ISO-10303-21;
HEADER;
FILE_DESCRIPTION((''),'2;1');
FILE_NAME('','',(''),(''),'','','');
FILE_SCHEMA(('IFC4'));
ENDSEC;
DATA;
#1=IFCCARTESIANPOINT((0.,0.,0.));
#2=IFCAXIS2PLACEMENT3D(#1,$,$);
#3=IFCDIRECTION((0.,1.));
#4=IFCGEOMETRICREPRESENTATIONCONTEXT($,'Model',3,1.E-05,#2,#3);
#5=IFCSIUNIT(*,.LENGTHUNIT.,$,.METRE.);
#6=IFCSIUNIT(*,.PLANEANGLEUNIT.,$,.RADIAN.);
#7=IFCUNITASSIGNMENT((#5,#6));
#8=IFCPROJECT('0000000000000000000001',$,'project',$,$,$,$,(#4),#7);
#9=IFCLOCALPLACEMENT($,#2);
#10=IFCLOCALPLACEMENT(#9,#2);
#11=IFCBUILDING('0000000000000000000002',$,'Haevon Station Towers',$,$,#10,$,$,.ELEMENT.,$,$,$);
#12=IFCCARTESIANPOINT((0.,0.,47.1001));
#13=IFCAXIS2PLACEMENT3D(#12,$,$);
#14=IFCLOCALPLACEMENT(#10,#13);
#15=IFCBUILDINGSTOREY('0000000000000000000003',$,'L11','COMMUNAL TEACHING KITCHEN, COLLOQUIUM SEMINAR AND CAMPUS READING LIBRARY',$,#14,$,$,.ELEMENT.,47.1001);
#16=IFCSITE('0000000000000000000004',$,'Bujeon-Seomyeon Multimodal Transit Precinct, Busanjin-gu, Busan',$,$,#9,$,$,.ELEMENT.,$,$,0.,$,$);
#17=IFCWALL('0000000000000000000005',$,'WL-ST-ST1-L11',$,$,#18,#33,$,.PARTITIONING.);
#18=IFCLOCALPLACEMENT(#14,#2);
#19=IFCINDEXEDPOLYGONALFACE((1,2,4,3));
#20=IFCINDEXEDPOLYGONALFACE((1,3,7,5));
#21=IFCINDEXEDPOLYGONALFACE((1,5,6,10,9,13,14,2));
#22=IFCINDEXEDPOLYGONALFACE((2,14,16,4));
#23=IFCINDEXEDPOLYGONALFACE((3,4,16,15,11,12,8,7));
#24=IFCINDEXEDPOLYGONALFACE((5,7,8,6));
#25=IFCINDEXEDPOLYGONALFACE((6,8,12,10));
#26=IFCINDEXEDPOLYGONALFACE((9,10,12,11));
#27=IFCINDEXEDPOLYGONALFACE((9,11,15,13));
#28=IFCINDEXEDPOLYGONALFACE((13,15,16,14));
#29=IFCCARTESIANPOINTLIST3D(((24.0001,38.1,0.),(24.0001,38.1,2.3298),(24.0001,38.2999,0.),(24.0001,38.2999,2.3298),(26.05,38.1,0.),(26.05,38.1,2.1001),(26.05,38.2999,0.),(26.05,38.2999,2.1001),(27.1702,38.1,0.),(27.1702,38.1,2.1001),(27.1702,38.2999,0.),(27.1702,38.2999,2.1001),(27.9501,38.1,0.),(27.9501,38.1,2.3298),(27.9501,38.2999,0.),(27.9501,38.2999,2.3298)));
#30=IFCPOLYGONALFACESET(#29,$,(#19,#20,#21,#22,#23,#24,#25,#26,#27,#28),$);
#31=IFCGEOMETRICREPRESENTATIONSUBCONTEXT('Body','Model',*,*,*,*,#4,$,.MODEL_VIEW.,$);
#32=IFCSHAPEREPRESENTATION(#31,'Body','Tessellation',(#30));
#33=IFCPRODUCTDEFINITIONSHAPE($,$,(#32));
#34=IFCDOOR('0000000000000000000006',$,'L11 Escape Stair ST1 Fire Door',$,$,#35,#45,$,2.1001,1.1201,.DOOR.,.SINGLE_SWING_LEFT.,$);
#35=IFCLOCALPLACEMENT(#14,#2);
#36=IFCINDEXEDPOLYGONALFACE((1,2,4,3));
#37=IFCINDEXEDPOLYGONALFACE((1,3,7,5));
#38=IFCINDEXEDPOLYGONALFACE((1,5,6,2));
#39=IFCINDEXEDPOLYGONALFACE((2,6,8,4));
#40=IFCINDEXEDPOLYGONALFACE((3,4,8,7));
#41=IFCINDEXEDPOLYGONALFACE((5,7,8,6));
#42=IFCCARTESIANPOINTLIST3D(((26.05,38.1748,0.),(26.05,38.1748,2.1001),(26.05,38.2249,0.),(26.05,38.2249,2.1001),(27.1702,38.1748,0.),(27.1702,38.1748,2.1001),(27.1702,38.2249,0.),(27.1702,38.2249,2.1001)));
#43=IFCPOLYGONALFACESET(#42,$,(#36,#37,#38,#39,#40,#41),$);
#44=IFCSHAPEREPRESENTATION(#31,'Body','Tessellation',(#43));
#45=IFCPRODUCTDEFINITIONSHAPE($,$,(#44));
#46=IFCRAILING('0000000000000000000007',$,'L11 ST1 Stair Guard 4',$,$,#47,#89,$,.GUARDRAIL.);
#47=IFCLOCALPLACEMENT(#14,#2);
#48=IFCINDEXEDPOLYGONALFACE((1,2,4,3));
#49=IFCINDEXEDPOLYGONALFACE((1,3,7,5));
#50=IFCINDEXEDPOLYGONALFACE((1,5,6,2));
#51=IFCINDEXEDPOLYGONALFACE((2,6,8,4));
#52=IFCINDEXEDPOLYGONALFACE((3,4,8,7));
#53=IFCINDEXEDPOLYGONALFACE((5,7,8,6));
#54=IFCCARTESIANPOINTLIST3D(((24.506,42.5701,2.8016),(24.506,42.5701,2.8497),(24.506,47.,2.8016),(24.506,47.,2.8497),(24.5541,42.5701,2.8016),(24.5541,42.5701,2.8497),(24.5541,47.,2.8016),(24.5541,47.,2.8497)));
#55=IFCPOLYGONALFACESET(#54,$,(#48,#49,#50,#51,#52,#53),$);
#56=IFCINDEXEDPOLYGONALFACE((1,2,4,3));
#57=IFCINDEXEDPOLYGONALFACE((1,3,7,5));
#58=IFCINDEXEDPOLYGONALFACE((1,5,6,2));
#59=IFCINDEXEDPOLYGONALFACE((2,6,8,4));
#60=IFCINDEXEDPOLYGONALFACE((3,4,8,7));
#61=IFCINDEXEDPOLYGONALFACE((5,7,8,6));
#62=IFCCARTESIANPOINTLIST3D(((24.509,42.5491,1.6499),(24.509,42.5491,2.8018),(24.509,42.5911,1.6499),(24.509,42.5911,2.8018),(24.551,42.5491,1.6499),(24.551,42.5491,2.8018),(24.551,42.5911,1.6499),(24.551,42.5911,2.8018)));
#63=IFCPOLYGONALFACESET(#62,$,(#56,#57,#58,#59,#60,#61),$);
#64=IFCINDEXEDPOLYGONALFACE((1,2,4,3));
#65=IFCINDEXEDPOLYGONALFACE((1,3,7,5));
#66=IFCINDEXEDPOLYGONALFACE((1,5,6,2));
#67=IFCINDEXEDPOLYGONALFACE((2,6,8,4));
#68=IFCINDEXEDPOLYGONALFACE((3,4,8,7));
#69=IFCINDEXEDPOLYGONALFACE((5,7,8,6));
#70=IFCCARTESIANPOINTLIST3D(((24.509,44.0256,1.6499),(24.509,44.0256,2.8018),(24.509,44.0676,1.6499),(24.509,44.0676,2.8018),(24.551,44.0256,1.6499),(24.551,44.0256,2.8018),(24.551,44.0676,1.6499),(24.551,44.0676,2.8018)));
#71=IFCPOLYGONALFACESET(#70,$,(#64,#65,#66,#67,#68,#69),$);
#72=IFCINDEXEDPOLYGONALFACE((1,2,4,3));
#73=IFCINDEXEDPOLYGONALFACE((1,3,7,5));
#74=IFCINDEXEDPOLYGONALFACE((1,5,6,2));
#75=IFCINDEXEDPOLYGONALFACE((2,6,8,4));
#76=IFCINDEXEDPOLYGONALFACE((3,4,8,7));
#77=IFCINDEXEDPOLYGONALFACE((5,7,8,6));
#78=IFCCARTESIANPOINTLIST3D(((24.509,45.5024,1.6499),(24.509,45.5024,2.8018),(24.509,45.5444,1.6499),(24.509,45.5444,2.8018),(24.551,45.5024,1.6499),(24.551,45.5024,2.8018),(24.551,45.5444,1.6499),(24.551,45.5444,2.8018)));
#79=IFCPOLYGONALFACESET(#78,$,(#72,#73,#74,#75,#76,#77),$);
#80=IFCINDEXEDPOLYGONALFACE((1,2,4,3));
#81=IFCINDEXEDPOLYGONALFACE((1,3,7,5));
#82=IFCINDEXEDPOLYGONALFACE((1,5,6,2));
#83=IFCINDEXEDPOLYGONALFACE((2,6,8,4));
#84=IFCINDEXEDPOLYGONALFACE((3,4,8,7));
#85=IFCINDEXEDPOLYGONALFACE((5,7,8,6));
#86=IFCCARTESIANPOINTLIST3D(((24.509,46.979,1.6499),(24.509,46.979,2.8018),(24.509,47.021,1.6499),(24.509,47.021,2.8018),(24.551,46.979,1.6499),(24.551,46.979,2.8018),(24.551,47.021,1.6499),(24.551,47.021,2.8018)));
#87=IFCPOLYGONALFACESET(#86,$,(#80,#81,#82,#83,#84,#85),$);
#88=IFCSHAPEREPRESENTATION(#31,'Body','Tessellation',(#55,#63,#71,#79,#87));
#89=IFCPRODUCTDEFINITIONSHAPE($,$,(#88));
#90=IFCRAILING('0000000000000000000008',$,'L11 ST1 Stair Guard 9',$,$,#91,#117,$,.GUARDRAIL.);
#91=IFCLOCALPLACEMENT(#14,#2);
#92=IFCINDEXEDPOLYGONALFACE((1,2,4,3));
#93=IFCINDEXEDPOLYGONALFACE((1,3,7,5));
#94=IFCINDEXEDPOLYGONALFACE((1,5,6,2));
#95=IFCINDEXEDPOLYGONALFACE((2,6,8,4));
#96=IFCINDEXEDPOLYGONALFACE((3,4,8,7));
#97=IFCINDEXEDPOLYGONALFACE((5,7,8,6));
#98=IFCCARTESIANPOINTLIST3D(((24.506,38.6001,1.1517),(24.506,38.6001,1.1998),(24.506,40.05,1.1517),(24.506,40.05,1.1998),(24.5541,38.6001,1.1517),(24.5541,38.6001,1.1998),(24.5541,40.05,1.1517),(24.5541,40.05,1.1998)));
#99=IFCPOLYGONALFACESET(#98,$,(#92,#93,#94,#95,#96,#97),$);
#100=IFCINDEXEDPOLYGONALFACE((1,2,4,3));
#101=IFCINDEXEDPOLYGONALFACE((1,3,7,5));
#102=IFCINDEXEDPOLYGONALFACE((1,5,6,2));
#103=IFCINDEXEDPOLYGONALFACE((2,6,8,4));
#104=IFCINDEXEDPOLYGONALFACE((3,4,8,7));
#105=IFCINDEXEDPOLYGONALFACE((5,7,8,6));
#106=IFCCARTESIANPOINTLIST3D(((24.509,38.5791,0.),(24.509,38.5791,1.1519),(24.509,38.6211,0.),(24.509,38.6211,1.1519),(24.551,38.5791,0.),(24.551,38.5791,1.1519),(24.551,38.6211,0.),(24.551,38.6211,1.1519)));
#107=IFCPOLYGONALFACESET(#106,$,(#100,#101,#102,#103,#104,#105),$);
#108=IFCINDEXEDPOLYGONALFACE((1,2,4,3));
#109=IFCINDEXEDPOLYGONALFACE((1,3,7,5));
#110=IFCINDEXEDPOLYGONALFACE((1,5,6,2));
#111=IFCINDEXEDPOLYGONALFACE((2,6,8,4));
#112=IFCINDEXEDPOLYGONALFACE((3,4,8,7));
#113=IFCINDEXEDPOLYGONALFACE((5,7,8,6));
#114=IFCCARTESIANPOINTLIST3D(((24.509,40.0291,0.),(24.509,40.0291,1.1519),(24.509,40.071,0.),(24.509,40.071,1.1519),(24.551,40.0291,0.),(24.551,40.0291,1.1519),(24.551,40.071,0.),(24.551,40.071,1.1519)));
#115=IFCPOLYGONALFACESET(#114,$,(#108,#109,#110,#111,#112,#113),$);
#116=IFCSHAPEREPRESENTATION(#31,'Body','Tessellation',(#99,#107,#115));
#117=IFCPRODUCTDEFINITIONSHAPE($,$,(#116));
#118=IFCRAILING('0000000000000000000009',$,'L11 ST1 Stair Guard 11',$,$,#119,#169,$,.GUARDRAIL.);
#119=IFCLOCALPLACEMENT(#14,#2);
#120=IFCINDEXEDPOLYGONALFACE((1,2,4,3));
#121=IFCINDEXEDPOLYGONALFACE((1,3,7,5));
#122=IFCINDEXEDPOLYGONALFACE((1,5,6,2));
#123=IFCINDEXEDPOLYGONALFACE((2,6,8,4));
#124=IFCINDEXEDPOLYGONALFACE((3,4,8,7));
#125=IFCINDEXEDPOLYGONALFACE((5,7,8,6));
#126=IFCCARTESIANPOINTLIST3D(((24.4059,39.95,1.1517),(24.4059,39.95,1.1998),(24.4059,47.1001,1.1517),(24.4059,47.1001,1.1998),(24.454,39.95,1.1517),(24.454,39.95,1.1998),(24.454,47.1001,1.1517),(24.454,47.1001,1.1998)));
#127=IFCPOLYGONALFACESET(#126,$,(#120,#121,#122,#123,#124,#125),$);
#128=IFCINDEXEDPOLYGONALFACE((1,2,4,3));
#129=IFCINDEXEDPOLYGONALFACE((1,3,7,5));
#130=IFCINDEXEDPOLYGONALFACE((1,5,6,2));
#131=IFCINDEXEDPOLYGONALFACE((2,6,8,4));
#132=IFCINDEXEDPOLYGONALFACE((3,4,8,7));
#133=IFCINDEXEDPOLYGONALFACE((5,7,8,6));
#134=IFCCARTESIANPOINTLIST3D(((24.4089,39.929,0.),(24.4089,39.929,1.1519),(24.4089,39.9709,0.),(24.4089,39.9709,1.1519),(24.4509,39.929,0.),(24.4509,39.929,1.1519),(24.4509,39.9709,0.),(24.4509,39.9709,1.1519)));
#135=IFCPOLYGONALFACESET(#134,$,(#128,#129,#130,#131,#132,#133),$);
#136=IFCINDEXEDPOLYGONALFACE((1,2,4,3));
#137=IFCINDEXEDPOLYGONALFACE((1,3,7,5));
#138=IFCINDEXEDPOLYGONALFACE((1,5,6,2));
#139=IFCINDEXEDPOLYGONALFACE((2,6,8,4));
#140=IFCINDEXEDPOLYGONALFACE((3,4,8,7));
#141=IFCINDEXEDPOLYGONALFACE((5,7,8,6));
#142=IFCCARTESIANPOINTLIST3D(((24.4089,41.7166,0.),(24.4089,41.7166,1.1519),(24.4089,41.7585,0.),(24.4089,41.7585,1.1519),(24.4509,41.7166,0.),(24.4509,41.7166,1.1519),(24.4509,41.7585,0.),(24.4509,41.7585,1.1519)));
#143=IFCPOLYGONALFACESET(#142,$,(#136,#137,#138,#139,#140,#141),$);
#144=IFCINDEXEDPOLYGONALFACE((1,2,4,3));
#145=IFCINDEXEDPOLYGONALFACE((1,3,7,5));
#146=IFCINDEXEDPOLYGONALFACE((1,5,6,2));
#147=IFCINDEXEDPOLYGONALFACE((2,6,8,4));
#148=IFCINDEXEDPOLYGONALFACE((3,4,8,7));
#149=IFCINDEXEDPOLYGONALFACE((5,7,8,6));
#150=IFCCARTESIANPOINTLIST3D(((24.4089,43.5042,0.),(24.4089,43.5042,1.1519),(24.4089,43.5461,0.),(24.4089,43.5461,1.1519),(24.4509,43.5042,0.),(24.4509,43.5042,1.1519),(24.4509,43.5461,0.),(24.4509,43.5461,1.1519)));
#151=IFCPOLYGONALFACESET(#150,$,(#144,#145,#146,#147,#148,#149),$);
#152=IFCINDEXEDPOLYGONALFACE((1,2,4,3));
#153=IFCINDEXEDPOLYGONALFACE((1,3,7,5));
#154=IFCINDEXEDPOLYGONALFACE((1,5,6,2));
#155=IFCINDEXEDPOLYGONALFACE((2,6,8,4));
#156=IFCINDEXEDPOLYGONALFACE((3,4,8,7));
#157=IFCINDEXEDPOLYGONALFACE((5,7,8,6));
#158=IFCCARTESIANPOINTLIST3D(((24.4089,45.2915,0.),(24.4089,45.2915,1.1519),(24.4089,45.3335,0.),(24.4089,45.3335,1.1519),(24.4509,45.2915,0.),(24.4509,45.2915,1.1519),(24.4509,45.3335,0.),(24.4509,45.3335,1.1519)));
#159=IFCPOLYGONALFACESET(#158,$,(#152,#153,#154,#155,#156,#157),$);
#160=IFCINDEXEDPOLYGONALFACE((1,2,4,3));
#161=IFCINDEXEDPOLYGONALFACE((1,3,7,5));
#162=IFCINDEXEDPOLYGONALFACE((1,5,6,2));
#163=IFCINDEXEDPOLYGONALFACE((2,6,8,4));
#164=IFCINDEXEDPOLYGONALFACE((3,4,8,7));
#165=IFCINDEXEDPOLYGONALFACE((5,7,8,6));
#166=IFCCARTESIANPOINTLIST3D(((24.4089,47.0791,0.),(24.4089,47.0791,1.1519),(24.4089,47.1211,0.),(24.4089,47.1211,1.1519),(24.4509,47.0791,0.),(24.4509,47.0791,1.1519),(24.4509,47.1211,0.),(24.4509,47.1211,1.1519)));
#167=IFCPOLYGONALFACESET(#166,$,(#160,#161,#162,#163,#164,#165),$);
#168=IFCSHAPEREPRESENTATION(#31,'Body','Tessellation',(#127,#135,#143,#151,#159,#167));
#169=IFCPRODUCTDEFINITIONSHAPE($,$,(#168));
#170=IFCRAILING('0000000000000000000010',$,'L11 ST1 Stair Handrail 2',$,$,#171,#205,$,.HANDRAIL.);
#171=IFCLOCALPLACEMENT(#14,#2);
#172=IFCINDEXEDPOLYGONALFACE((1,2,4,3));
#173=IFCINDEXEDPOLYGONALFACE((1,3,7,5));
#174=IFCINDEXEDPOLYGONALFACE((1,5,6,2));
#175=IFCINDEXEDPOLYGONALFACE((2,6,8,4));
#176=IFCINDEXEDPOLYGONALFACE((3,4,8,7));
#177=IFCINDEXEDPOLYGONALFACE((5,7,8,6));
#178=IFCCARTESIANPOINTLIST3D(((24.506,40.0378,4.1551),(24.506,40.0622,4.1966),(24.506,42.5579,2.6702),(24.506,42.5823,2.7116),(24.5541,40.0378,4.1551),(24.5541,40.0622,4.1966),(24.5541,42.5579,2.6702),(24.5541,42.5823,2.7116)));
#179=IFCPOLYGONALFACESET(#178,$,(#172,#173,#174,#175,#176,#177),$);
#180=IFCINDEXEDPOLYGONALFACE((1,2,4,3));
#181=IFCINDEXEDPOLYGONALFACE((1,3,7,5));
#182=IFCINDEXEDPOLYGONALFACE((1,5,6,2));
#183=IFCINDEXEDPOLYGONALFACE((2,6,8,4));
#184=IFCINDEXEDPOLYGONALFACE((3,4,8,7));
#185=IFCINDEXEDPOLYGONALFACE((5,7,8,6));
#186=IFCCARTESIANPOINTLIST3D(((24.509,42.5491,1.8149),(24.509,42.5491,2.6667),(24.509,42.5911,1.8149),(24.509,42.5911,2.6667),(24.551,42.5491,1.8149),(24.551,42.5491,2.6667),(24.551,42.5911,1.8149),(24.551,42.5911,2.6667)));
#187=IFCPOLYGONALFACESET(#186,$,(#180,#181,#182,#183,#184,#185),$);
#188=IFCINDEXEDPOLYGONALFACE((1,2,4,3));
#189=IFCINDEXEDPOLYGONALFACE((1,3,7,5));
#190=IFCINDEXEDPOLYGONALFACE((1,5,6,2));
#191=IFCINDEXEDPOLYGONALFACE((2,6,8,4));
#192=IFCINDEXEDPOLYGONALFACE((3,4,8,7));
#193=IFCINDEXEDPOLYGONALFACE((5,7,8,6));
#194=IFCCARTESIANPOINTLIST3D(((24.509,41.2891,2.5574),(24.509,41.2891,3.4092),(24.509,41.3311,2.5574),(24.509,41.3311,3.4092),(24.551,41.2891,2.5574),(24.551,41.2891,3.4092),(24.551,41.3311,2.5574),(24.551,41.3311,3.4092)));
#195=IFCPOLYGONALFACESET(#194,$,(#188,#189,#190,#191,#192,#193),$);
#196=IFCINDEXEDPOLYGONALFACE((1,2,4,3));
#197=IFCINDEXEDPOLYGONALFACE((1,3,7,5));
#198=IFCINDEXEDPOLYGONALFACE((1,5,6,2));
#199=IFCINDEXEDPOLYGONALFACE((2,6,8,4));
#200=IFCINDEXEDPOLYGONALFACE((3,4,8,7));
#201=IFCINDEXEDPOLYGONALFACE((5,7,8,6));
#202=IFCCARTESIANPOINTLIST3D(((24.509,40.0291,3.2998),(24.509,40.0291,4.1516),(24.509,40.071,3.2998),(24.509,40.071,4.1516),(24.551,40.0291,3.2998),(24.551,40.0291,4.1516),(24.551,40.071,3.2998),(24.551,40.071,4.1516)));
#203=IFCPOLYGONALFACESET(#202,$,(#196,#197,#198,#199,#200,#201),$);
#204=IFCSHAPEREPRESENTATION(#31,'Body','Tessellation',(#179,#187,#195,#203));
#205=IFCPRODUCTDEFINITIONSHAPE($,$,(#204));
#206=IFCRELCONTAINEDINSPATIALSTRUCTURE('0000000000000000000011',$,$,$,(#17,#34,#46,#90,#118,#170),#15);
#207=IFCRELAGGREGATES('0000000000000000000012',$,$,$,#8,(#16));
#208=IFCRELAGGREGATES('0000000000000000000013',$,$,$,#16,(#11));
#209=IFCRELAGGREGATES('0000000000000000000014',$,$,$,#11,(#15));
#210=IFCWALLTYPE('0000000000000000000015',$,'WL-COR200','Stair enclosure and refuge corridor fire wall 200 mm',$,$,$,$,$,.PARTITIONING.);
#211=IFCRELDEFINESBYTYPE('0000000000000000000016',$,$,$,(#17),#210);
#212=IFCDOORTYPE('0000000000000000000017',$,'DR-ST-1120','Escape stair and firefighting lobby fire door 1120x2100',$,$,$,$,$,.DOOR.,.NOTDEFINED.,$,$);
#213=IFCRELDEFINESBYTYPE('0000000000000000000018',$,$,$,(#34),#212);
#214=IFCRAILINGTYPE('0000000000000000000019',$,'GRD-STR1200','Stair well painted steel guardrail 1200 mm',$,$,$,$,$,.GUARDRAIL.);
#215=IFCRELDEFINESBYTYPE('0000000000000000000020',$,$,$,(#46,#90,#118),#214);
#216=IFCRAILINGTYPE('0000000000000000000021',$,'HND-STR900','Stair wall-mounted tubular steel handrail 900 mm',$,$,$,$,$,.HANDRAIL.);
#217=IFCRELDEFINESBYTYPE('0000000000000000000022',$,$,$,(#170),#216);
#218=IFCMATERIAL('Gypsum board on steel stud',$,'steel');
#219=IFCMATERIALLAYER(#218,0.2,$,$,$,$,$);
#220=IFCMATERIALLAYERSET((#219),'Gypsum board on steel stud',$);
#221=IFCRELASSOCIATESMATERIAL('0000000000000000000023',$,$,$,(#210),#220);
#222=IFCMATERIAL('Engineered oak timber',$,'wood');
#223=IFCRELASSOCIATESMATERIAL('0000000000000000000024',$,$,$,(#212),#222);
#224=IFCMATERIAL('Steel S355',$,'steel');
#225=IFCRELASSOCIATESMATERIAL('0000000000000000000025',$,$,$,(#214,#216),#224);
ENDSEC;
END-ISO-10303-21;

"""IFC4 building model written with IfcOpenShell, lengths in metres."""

from ifc_helpers import new_model, si_unit, direction, frame, frame_2d, origin, origin_2d, place, context, subcontext, project, spatial, rectangle, extrude, material, layer, layer_set, type_object, element, fill, save


model = new_model("IFC4")

# Units and contexts
model_context = context("Model", 3, precision=1e-05, world=origin(), true_north=direction((0.0, 1.0)))
body_context = subcontext(model_context, "Body", "Model", "MODEL_VIEW")
ifc_project = project(units=[si_unit("LENGTHUNIT", "METRE"), si_unit("PLANEANGLEUNIT", "RADIAN")], contexts=[model_context])

# Site, building, storey
site_placement = place(None, origin())
site = spatial("IfcSite", under=ifc_project, at=site_placement, Name="Bujeon-Seomyeon Multimodal Transit Precinct, Busanjin-gu, Busan", CompositionType="ELEMENT", RefElevation=0.0)
building_placement = place(site_placement, origin())
building = spatial("IfcBuilding", under=site, at=building_placement, Name="Haevon Station Towers", CompositionType="ELEMENT")
storey_placement = place(building_placement, frame((0.0, 0.0, 47.1001)))
storey = spatial("IfcBuildingStorey", under=building, at=storey_placement, Name="L11", Description="COMMUNAL TEACHING KITCHEN, COLLOQUIUM SEMINAR AND CAMPUS READING LIBRARY", CompositionType="ELEMENT", Elevation=47.1001)

# Shared definitions
ifc_material_1 = material(Name="Steel S355", Category="steel")

# Wall, opening, door
ifc_material_2 = material(Name="Gypsum board on steel stud", Category="steel")
ifc_layer_1 = layer(ifc_material_2, 0.2)
ifc_layer_set_1 = layer_set([ifc_layer_1], Name="Gypsum board on steel stud")
wall_type = type_object("IfcWallType", Name="WL-COR200", Description="Stair enclosure and refuge corridor fire wall 200 mm", PredefinedType="PARTITIONING", material=ifc_layer_set_1)
wall_placement = place(storey_placement, frame((24.0, 38.2, 0.0), z_axis=(0.0, 0.0, 1.0), x_axis=(1.0, 0.0, 0.0)))
wall = element("IfcWall", 1, at=wall_placement, inside=storey, type_object=wall_type, Name="WL-ST-ST1-L11", PredefinedType="PARTITIONING", context=body_context, shape_type="SweptSolid", body=[
    extrude(rectangle(XDim=3.95, YDim=0.2, at=frame_2d((1.9751, 0.0))), origin(), (0.0, 0.0, 1.0), 2.3298),
])
opening_placement = place(wall_placement, frame((2.05, 0.0, 0.0)))
opening = element("IfcOpeningElement", 2, at=opening_placement, cuts=wall, PredefinedType="OPENING", context=body_context, shape_type="SweptSolid", body=[
    extrude(rectangle(XDim=1.1201, YDim=2.1001, at=frame_2d((0.5601, 1.05))), frame((0.0, 0.1099, 0.0), z_axis=(0.0, -1.0, 0.0), x_axis=(1.0, 0.0, 0.0)), (0.0, 0.0, 1.0), 0.22),
])
ifc_material_3 = material(Name="Engineered oak timber", Category="wood")
door_type = type_object("IfcDoorType", Name="DR-ST-1120", Description="Escape stair and firefighting lobby fire door 1120x2100", OperationType="NOTDEFINED", PredefinedType="DOOR", material=ifc_material_3)
door_placement = place(opening_placement, origin())
door = element("IfcDoor", 3, at=door_placement, inside=storey, type_object=door_type, Name="L11 Escape Stair ST1 Fire Door", OperationType="SINGLE_SWING_LEFT", OverallHeight=2.1001, OverallWidth=1.1201, PredefinedType="DOOR", context=body_context, shape_type="SweptSolid", body=[
    extrude(rectangle(XDim=1.1201, YDim=2.1001, at=frame_2d((0.5601, 1.05))), frame((0.0, 0.0249, 0.0), z_axis=(0.0, -1.0, 0.0), x_axis=(1.0, 0.0, 0.0)), (0.0, 0.0, 1.0), 0.05),
])
fill(opening, door)

# Railings
railing_type_1 = type_object("IfcRailingType", Name="GRD-STR1200", Description="Stair well painted steel guardrail 1200 mm", PredefinedType="GUARDRAIL", material=ifc_material_1)
railing_1_placement = place(storey_placement, frame((24.53, 42.5701, 1.6499)))
element("IfcRailing", 4, at=railing_1_placement, inside=storey, type_object=railing_type_1, Name="L11 ST1 Stair Guard 4", PredefinedType="GUARDRAIL", context=body_context, shape_type="SweptSolid", body=[
    extrude(rectangle(XDim=0.0481, YDim=0.0481, at=origin_2d()), frame((0.0, 0.0, 1.1758), z_axis=(0.0, 1.0, 0.0), x_axis=(-1.0, 0.0, 0.0)), (0.0, 0.0, 1.0), 4.4299),
    extrude(rectangle(XDim=0.042, YDim=0.042, at=origin_2d()), origin(), (0.0, 0.0, 1.0), 1.1519),
    extrude(rectangle(XDim=0.042, YDim=0.042, at=origin_2d()), frame((0.0, 1.4766, 0.0)), (0.0, 0.0, 1.0), 1.1519),
    extrude(rectangle(XDim=0.042, YDim=0.042, at=origin_2d()), frame((0.0, 2.9534, 0.0)), (0.0, 0.0, 1.0), 1.1519),
    extrude(rectangle(XDim=0.042, YDim=0.042, at=origin_2d()), frame((0.0, 4.4299, 0.0)), (0.0, 0.0, 1.0), 1.1519),
])
railing_2_placement = place(storey_placement, frame((24.53, 38.6001, 0.0)))
element("IfcRailing", 5, at=railing_2_placement, inside=storey, type_object=railing_type_1, Name="L11 ST1 Stair Guard 9", PredefinedType="GUARDRAIL", context=body_context, shape_type="SweptSolid", body=[
    extrude(rectangle(XDim=0.0481, YDim=0.0481, at=origin_2d()), frame((0.0, 0.0, 1.1758), z_axis=(0.0, 1.0, 0.0), x_axis=(-1.0, 0.0, 0.0)), (0.0, 0.0, 1.0), 1.45),
    extrude(rectangle(XDim=0.042, YDim=0.042, at=origin_2d()), origin(), (0.0, 0.0, 1.0), 1.1519),
    extrude(rectangle(XDim=0.042, YDim=0.042, at=origin_2d()), frame((0.0, 1.45, 0.0)), (0.0, 0.0, 1.0), 1.1519),
])
railing_3_placement = place(storey_placement, frame((24.4299, 39.95, 0.0)))
element("IfcRailing", 6, at=railing_3_placement, inside=storey, type_object=railing_type_1, Name="L11 ST1 Stair Guard 11", PredefinedType="GUARDRAIL", context=body_context, shape_type="SweptSolid", body=[
    extrude(rectangle(XDim=0.0481, YDim=0.0481, at=origin_2d()), frame((0.0, 0.0, 1.1758), z_axis=(0.0, 1.0, 0.0), x_axis=(-1.0, 0.0, 0.0)), (0.0, 0.0, 1.0), 7.1501),
    extrude(rectangle(XDim=0.042, YDim=0.042, at=origin_2d()), origin(), (0.0, 0.0, 1.0), 1.1519),
    extrude(rectangle(XDim=0.042, YDim=0.042, at=origin_2d()), frame((0.0, 1.7876, 0.0)), (0.0, 0.0, 1.0), 1.1519),
    extrude(rectangle(XDim=0.042, YDim=0.042, at=origin_2d()), frame((0.0, 3.5752, 0.0)), (0.0, 0.0, 1.0), 1.1519),
    extrude(rectangle(XDim=0.042, YDim=0.042, at=origin_2d()), frame((0.0, 5.3625, 0.0)), (0.0, 0.0, 1.0), 1.1519),
    extrude(rectangle(XDim=0.042, YDim=0.042, at=origin_2d()), frame((0.0, 7.1501, 0.0)), (0.0, 0.0, 1.0), 1.1519),
])
railing_type_2 = type_object("IfcRailingType", Name="HND-STR900", Description="Stair wall-mounted tubular steel handrail 900 mm", PredefinedType="HANDRAIL", material=ifc_material_1)
railing_4_placement = place(storey_placement, frame((24.53, 42.5701, 1.8149)))
element("IfcRailing", 7, at=railing_4_placement, inside=storey, type_object=railing_type_2, Name="L11 ST1 Stair Handrail 2", PredefinedType="HANDRAIL", context=body_context, shape_type="SweptSolid", body=[
    extrude(rectangle(XDim=0.0481, YDim=0.0481, at=origin_2d()), frame((0.0, 0.0, 0.876), z_axis=(0.0, -0.861561, 0.507655), x_axis=(1.0, 0.0, 0.0)), (0.0, 0.0, 1.0), 2.925),
    extrude(rectangle(XDim=0.042, YDim=0.042, at=origin_2d()), origin(), (0.0, 0.0, 1.0), 0.8518),
    extrude(rectangle(XDim=0.042, YDim=0.042, at=origin_2d()), frame((0.0, -1.26, 0.7424)), (0.0, 0.0, 1.0), 0.8518),
    extrude(rectangle(XDim=0.042, YDim=0.042, at=origin_2d()), frame((0.0, -2.52, 1.4849)), (0.0, 0.0, 1.0), 0.8518),
])

save(model, "model.ifc")
